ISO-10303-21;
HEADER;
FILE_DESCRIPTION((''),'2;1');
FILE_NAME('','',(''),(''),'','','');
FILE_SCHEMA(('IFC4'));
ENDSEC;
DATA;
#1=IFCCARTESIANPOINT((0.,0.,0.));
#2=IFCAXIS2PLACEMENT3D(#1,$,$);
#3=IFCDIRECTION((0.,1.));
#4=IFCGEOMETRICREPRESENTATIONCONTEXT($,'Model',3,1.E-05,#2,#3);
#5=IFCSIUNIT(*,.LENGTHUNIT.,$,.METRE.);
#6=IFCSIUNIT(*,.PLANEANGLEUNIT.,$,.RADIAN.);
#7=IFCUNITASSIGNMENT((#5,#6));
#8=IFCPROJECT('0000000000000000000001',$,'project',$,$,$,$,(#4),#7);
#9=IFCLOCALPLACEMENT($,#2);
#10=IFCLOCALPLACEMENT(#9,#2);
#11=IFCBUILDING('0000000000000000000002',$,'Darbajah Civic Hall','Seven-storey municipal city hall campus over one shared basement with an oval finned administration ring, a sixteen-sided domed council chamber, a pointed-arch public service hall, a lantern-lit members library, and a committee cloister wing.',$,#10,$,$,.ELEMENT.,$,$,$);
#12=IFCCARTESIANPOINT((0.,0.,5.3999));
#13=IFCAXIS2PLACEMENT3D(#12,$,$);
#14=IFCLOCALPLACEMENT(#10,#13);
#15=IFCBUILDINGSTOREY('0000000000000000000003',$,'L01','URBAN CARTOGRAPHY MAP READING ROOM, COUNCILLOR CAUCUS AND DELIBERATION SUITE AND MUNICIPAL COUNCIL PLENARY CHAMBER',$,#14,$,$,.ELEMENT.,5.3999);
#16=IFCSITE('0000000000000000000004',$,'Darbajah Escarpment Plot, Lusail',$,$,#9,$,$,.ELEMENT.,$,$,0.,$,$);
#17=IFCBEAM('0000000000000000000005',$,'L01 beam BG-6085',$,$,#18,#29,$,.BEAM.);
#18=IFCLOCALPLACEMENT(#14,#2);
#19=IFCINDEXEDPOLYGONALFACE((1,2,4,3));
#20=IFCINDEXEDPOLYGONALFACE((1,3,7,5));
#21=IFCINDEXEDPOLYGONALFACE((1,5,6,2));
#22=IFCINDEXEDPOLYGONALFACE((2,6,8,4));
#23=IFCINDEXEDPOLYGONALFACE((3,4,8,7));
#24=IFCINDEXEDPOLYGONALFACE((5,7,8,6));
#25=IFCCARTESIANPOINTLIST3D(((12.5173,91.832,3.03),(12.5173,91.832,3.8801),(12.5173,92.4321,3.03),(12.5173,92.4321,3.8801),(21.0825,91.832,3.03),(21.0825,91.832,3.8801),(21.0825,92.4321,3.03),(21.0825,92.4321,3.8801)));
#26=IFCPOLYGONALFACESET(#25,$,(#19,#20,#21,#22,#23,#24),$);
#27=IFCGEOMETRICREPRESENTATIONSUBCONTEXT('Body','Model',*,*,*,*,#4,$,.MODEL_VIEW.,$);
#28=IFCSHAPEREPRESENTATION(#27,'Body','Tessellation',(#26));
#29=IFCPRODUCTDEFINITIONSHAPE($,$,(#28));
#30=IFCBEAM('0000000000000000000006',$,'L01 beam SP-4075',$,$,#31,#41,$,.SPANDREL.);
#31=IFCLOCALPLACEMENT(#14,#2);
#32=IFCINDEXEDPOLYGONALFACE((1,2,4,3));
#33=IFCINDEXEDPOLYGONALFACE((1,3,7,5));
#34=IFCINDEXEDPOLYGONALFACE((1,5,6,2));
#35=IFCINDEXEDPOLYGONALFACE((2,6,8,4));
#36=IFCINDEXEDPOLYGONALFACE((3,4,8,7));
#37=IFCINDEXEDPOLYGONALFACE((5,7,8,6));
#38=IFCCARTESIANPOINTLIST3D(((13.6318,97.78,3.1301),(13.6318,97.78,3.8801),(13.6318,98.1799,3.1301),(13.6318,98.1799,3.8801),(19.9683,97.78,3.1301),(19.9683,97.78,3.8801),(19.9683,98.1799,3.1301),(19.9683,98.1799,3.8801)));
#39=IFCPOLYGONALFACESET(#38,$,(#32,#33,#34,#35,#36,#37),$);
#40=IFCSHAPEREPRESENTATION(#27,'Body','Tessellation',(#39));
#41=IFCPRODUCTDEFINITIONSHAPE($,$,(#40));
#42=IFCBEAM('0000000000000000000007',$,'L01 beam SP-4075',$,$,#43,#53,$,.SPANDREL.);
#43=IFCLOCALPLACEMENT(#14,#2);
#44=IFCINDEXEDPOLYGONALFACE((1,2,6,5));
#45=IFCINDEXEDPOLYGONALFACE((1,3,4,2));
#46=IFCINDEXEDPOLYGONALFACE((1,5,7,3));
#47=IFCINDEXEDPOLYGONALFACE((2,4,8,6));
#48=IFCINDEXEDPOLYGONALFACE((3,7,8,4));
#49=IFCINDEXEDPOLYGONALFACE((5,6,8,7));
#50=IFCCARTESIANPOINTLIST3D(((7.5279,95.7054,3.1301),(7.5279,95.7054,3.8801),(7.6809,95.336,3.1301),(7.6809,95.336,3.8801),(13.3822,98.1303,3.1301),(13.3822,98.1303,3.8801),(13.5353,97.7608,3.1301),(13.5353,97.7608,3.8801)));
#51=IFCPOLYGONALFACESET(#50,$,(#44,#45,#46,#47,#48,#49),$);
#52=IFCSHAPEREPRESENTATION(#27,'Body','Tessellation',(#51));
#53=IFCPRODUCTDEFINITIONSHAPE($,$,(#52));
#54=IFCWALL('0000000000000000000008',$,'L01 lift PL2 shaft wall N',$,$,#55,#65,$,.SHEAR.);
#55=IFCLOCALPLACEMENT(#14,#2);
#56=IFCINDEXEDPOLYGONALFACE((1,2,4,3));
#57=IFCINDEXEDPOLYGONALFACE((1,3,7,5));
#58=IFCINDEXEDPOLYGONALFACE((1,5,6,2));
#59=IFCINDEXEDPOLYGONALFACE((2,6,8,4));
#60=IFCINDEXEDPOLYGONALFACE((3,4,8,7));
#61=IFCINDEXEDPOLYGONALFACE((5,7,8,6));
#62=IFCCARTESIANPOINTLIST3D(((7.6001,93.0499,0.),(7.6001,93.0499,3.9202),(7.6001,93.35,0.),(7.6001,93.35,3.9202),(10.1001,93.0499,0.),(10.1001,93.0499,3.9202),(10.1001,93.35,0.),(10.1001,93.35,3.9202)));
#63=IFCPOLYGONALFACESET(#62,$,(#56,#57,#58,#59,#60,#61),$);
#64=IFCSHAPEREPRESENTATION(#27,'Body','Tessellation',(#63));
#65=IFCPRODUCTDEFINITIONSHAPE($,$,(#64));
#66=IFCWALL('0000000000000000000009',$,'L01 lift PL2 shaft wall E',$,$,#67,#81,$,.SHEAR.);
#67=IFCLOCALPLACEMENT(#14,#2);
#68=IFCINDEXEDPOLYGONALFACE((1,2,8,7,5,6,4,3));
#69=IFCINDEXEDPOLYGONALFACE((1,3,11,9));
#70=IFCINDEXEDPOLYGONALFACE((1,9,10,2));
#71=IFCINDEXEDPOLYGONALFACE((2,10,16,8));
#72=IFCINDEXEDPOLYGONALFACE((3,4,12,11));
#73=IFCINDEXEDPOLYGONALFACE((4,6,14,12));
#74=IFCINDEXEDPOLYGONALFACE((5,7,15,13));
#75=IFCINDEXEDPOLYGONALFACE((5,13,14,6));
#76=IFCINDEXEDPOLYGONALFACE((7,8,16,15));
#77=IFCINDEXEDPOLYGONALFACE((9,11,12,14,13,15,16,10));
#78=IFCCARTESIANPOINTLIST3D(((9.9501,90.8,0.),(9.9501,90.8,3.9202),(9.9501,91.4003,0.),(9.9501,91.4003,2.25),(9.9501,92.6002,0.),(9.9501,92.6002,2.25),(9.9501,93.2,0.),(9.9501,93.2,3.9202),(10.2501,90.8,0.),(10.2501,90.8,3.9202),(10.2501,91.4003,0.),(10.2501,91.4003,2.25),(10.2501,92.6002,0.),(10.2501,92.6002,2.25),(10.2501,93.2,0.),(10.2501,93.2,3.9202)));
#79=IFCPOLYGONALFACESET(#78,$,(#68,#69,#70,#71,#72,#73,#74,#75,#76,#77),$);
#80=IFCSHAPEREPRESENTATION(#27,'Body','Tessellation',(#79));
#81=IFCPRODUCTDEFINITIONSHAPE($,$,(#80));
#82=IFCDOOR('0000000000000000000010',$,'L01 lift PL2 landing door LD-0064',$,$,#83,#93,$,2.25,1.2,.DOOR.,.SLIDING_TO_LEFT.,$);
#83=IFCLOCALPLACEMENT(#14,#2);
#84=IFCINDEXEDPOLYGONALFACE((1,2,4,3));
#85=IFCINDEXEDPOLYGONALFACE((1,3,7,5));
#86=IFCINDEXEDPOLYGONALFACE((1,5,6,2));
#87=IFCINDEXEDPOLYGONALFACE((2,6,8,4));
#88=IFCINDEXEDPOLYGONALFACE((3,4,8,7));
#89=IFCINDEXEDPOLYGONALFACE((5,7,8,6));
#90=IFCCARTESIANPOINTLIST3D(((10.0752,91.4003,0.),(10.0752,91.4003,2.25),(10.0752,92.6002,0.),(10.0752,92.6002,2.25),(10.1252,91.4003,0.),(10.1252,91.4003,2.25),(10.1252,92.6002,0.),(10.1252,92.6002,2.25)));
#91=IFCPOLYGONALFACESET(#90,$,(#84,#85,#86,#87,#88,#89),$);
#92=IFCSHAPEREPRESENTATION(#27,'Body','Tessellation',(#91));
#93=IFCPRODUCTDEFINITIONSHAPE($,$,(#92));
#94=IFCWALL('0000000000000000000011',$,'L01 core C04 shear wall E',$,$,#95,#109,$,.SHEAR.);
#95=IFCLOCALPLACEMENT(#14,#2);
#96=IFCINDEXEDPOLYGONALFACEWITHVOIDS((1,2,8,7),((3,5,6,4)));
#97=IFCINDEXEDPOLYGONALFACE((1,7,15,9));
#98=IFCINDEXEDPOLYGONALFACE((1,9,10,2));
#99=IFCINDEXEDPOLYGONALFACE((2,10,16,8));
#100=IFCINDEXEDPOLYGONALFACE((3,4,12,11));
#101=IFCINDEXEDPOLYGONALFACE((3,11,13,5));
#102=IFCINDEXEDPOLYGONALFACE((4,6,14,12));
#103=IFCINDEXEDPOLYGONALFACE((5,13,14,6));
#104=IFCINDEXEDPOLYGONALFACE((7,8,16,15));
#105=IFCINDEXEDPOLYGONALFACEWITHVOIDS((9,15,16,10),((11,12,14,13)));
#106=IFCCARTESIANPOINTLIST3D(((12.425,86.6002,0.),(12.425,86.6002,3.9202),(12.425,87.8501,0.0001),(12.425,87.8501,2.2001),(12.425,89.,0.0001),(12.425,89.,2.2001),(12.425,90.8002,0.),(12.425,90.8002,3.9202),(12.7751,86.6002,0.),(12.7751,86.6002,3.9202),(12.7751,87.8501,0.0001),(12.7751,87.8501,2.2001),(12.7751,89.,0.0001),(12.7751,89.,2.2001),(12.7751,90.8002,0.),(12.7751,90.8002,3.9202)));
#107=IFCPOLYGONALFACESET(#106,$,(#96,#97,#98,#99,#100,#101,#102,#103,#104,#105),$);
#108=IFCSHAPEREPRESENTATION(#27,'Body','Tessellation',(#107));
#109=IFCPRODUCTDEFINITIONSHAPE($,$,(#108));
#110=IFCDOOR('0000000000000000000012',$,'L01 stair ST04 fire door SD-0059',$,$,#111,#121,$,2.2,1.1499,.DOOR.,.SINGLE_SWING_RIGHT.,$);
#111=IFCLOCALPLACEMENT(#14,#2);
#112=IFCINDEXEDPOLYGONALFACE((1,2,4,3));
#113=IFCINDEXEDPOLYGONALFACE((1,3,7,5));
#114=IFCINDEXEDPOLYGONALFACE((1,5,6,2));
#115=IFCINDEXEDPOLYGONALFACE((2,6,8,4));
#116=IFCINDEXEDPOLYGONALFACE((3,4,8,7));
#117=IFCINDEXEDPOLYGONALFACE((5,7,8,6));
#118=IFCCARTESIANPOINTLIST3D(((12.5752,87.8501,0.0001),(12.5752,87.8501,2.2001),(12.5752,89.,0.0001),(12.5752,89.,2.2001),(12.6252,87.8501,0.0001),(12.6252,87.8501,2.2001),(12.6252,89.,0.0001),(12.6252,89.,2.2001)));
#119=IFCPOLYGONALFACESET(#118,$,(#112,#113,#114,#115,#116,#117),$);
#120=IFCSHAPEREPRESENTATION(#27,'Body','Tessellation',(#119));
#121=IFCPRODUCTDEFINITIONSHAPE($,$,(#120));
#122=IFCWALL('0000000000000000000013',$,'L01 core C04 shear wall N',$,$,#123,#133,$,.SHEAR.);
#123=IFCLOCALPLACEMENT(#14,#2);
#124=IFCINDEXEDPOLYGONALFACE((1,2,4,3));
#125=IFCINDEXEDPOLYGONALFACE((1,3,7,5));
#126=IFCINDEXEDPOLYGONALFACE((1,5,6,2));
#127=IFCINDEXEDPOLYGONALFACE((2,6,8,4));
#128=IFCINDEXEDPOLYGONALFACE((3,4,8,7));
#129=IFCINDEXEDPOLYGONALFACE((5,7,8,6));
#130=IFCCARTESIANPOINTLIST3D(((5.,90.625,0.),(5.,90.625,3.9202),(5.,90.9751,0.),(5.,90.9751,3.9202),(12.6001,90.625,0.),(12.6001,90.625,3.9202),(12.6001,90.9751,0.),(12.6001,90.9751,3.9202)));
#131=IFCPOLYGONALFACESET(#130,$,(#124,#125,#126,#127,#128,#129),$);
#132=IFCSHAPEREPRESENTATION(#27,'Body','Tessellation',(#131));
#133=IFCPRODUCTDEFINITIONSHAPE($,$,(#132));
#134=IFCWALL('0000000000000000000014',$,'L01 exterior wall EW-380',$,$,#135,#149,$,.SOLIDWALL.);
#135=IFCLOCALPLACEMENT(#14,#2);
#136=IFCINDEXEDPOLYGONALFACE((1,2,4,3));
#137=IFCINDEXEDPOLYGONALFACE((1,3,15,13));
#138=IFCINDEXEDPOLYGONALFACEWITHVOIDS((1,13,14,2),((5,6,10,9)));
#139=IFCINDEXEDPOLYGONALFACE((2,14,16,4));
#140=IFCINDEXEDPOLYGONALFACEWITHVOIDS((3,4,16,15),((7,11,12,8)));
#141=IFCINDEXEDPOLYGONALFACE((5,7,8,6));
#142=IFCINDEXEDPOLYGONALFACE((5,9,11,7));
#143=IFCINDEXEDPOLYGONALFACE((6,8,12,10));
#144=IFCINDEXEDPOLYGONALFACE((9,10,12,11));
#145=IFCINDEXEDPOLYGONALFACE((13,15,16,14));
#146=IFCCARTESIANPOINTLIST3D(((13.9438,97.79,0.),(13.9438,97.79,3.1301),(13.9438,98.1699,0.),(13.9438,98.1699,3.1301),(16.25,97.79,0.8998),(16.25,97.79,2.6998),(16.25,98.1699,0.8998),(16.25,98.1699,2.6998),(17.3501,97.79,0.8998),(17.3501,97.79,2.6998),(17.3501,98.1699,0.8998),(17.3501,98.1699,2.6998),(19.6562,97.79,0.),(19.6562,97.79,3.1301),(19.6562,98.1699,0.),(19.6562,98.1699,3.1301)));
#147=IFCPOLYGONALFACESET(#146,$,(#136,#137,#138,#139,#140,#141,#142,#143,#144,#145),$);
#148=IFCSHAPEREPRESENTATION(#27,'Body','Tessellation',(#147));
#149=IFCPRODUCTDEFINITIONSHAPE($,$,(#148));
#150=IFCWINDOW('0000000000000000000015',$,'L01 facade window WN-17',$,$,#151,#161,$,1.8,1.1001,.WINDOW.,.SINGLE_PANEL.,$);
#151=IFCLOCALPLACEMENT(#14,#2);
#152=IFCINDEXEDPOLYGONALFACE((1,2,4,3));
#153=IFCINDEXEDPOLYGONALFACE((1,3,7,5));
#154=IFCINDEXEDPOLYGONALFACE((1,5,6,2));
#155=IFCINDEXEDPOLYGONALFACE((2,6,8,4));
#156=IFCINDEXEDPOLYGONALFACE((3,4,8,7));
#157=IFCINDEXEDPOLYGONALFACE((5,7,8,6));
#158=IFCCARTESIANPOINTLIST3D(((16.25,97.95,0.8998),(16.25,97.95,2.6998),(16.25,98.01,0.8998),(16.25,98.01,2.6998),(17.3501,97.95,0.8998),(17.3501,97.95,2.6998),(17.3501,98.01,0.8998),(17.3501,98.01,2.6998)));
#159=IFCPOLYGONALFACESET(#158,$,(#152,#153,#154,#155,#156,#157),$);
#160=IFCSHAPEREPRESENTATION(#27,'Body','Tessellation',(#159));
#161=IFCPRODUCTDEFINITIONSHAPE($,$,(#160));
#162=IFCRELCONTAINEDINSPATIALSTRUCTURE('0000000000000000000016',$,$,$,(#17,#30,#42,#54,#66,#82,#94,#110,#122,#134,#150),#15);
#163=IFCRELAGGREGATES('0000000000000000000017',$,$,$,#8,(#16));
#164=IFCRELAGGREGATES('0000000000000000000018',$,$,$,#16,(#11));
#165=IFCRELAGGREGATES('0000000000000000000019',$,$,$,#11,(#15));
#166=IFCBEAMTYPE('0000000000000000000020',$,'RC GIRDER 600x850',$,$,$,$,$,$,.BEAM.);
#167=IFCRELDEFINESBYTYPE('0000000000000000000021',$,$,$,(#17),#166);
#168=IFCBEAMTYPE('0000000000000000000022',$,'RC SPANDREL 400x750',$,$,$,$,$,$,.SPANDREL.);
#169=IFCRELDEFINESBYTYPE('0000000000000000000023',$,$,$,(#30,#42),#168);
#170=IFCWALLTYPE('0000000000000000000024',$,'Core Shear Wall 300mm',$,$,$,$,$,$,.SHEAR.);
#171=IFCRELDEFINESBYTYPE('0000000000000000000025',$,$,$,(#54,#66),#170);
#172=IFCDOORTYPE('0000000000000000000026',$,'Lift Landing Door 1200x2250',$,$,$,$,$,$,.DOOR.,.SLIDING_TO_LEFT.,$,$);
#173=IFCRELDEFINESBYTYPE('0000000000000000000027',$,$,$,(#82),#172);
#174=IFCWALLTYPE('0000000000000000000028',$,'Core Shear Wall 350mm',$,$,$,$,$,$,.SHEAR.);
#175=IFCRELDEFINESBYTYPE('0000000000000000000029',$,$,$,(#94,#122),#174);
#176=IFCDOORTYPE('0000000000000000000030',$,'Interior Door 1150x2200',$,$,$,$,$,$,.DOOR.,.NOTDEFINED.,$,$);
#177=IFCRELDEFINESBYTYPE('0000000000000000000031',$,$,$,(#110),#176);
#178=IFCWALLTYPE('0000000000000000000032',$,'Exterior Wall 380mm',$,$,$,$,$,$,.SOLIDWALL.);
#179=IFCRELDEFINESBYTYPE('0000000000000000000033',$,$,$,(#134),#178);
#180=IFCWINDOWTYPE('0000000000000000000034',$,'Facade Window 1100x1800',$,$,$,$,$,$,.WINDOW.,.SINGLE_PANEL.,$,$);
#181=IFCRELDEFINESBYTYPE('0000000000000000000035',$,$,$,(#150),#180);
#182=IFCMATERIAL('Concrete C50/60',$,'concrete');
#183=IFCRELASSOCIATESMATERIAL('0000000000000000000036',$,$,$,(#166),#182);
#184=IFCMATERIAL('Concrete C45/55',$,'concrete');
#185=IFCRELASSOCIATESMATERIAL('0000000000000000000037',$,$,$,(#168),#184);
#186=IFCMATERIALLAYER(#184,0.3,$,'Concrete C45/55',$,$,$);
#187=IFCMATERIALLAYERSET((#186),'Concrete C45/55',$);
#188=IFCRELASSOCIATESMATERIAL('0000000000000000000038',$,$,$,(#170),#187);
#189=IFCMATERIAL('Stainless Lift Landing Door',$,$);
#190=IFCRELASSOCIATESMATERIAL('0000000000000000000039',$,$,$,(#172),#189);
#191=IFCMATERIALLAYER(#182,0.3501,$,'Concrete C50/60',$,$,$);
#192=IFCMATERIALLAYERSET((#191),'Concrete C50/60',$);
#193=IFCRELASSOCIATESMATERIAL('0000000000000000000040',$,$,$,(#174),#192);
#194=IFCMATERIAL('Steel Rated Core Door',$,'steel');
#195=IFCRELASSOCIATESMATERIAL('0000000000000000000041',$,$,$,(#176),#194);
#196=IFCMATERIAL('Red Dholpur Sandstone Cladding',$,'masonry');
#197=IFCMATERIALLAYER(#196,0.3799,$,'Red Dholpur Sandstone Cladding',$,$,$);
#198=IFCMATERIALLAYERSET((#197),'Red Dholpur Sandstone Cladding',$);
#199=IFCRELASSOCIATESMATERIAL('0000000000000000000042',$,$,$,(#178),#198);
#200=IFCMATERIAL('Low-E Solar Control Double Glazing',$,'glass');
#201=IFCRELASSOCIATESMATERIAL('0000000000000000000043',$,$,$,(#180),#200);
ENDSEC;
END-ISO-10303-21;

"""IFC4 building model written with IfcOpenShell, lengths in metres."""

from ifc_helpers import new_model, si_unit, direction, frame, frame_2d, origin, origin_2d, place, context, subcontext, project, spatial, rectangle, extrude, material, layer, layer_set, material_profile, profile_set, type_object, element, fill, save


model = new_model("IFC4")

# Units and contexts
model_context = context("Model", 3, precision=1e-05, world=origin(), true_north=direction((0.0, 1.0)))
body_context = subcontext(model_context, "Body", "Model", "MODEL_VIEW")
ifc_project = project(units=[si_unit("LENGTHUNIT", "METRE"), si_unit("PLANEANGLEUNIT", "RADIAN")], contexts=[model_context])

# Site, building, storey
site_placement = place(None, origin())
site = spatial("IfcSite", under=ifc_project, at=site_placement, Name="Darbajah Escarpment Plot, Lusail", CompositionType="ELEMENT", RefElevation=0.0)
building_placement = place(site_placement, origin())
building = spatial("IfcBuilding", under=site, at=building_placement, Name="Darbajah Civic Hall", Description="Seven-storey municipal city hall campus over one shared basement with an oval finned administration ring, a sixteen-sided domed council chamber, a pointed-arch public service hall, a lantern-lit members library, and a committee cloister wing.", CompositionType="ELEMENT")
storey_placement = place(building_placement, frame((0.0, 0.0, 5.3999)))
storey = spatial("IfcBuildingStorey", under=building, at=storey_placement, Name="L01", Description="URBAN CARTOGRAPHY MAP READING ROOM, COUNCILLOR CAUCUS AND DELIBERATION SUITE AND MUNICIPAL COUNCIL PLENARY CHAMBER", CompositionType="ELEMENT", Elevation=5.3999)

# Shared definitions
ifc_material_1 = material(Name="Concrete C45/55", Category="concrete")
ifc_material_2 = material(Name="Concrete C50/60", Category="concrete")

# Beams
ifc_material_profile_1 = material_profile(ifc_material_2, rectangle(XDim=0.6001, YDim=0.8501, at=origin_2d()), Name="RC GIRDER 600x850")
ifc_profile_set_1 = profile_set([ifc_material_profile_1], Name="Concrete C50/60")
beam_type_1 = type_object("IfcBeamType", Name="RC GIRDER 600x850", PredefinedType="BEAM", material=ifc_profile_set_1)
beam_1_placement = place(storey_placement, frame((21.0825, 92.1321, 3.4551), z_axis=(-1.0, 0.0, 0.0), x_axis=(0.0, -1.0, 0.0)))
element("IfcBeam", 1, at=beam_1_placement, inside=storey, type_object=beam_type_1, Name="L01 beam BG-6085", PredefinedType="BEAM", context=body_context, shape_type="SweptSolid", body=[
    extrude(rectangle(XDim=0.6001, YDim=0.8501, at=origin_2d()), origin(), (0.0, 0.0, 1.0), 8.5652),
])
ifc_material_profile_2 = material_profile(ifc_material_1, rectangle(XDim=0.3999, YDim=0.75, at=origin_2d()), Name="RC SPANDREL 400x750")
ifc_profile_set_2 = profile_set([ifc_material_profile_2], Name="Concrete C45/55")
beam_type_2 = type_object("IfcBeamType", Name="RC SPANDREL 400x750", PredefinedType="SPANDREL", material=ifc_profile_set_2)
beam_2_placement = place(storey_placement, frame((19.9683, 97.98, 3.5051), z_axis=(-1.0, 0.0, 0.0), x_axis=(0.0, -1.0, 0.0)))
element("IfcBeam", 2, at=beam_2_placement, inside=storey, type_object=beam_type_2, Name="L01 beam SP-4075", PredefinedType="SPANDREL", context=body_context, shape_type="SweptSolid", body=[
    extrude(rectangle(XDim=0.3999, YDim=0.75, at=origin_2d()), origin(), (0.0, 0.0, 1.0), 6.3364),
])
beam_3_placement = place(storey_placement, frame((13.4587, 97.9456, 3.5051), z_axis=(-0.923885, -0.382669, 0.0), x_axis=(0.382669, -0.923885, 0.0)))
element("IfcBeam", 3, at=beam_3_placement, inside=storey, type_object=beam_type_2, Name="L01 beam SP-4075", PredefinedType="SPANDREL", context=body_context, shape_type="SweptSolid", body=[
    extrude(rectangle(XDim=0.3999, YDim=0.75, at=origin_2d()), origin(), (0.0, 0.0, 1.0), 6.3367),
])

# Wall
ifc_layer_1 = layer(ifc_material_1, 0.3, Name="Concrete C45/55")
ifc_layer_set_1 = layer_set([ifc_layer_1], Name="Concrete C45/55")
wall_type_1 = type_object("IfcWallType", Name="Core Shear Wall 300mm", PredefinedType="SHEAR", material=ifc_layer_set_1)
wall_1_placement = place(storey_placement, frame((10.1001, 93.2, 0.0), z_axis=(0.0, 0.0, 1.0), x_axis=(-1.0, 0.0, 0.0)))
element("IfcWall", 4, at=wall_1_placement, inside=storey, type_object=wall_type_1, Name="L01 lift PL2 shaft wall N", PredefinedType="SHEAR", context=body_context, shape_type="SweptSolid", body=[
    extrude(rectangle(XDim=2.5, YDim=0.3, at=frame_2d((1.25, 0.0))), origin(), (0.0, 0.0, 1.0), 3.9202),
])

# Walls, openings, doors
wall_2_placement = place(storey_placement, frame((10.1001, 90.8, 0.0), z_axis=(0.0, 0.0, 1.0), x_axis=(0.0, 1.0, 0.0)))
wall_2 = element("IfcWall", 5, at=wall_2_placement, inside=storey, type_object=wall_type_1, Name="L01 lift PL2 shaft wall E", PredefinedType="SHEAR", context=body_context, shape_type="SweptSolid", body=[
    extrude(rectangle(XDim=2.3999, YDim=0.3, at=frame_2d((1.2, 0.0))), origin(), (0.0, 0.0, 1.0), 3.9202),
])
opening_1_placement = place(wall_2_placement, frame((0.6001, 0.0, 0.0)))
opening_1 = element("IfcOpeningElement", 6, at=opening_1_placement, cuts=wall_2, PredefinedType="OPENING", context=body_context, shape_type="SweptSolid", body=[
    extrude(rectangle(XDim=1.2, YDim=2.25, at=frame_2d((0.6001, 1.125))), frame((0.0, 0.1599, 0.0), z_axis=(0.0, -1.0, 0.0), x_axis=(1.0, 0.0, 0.0)), (0.0, 0.0, 1.0), 0.3201),
])
ifc_material_3 = material(Name="Stainless Lift Landing Door")
door_type_1 = type_object("IfcDoorType", Name="Lift Landing Door 1200x2250", OperationType="SLIDING_TO_LEFT", PredefinedType="DOOR", material=ifc_material_3)
door_1_placement = place(opening_1_placement, origin())
door_1 = element("IfcDoor", 7, at=door_1_placement, inside=storey, type_object=door_type_1, Name="L01 lift PL2 landing door LD-0064", OperationType="SLIDING_TO_LEFT", OverallHeight=2.25, OverallWidth=1.2, PredefinedType="DOOR", context=body_context, shape_type="SweptSolid", body=[
    extrude(rectangle(XDim=1.2, YDim=2.25, at=frame_2d((0.6001, 1.125))), frame((0.0, 0.0249, 0.0), z_axis=(0.0, -1.0, 0.0), x_axis=(1.0, 0.0, 0.0)), (0.0, 0.0, 1.0), 0.05),
])
fill(opening_1, door_1)
ifc_layer_2 = layer(ifc_material_2, 0.3501, Name="Concrete C50/60")
ifc_layer_set_2 = layer_set([ifc_layer_2], Name="Concrete C50/60")
wall_type_2 = type_object("IfcWallType", Name="Core Shear Wall 350mm", PredefinedType="SHEAR", material=ifc_layer_set_2)
wall_3_placement = place(storey_placement, frame((12.6001, 86.6001, 0.0), z_axis=(0.0, 0.0, 1.0), x_axis=(0.0, 1.0, 0.0)))
wall_3 = element("IfcWall", 8, at=wall_3_placement, inside=storey, type_object=wall_type_2, Name="L01 core C04 shear wall E", PredefinedType="SHEAR", context=body_context, shape_type="SweptSolid", body=[
    extrude(rectangle(XDim=4.2, YDim=0.3501, at=frame_2d((2.1001, 0.0))), origin(), (0.0, 0.0, 1.0), 3.9202),
])
opening_2_placement = place(wall_3_placement, frame((1.25, 0.0, 0.0)))
opening_2 = element("IfcOpeningElement", 9, at=opening_2_placement, cuts=wall_3, PredefinedType="OPENING", context=body_context, shape_type="SweptSolid", body=[
    extrude(rectangle(XDim=1.1499, YDim=2.2, at=frame_2d((0.575, 1.1001))), frame((0.0, 0.1851, 0.0), z_axis=(0.0, -1.0, 0.0), x_axis=(1.0, 0.0, 0.0)), (0.0, 0.0, 1.0), 0.3701),
])
ifc_material_4 = material(Name="Steel Rated Core Door", Category="steel")
door_type_2 = type_object("IfcDoorType", Name="Interior Door 1150x2200", OperationType="NOTDEFINED", PredefinedType="DOOR", material=ifc_material_4)
door_2_placement = place(opening_2_placement, origin())
door_2 = element("IfcDoor", 10, at=door_2_placement, inside=storey, type_object=door_type_2, Name="L01 stair ST04 fire door SD-0059", OperationType="SINGLE_SWING_RIGHT", OverallHeight=2.2, OverallWidth=1.1499, PredefinedType="DOOR", context=body_context, shape_type="SweptSolid", body=[
    extrude(rectangle(XDim=1.1499, YDim=2.2, at=frame_2d((0.575, 1.1001))), frame((0.0, 0.0249, 0.0), z_axis=(0.0, -1.0, 0.0), x_axis=(1.0, 0.0, 0.0)), (0.0, 0.0, 1.0), 0.05),
])
fill(opening_2, door_2)

# Wall
wall_4_placement = place(storey_placement, frame((12.6001, 90.8, 0.0), z_axis=(0.0, 0.0, 1.0), x_axis=(-1.0, 0.0, 0.0)))
element("IfcWall", 11, at=wall_4_placement, inside=storey, type_object=wall_type_2, Name="L01 core C04 shear wall N", PredefinedType="SHEAR", context=body_context, shape_type="SweptSolid", body=[
    extrude(rectangle(XDim=7.6001, YDim=0.3501, at=frame_2d((3.8, 0.0))), origin(), (0.0, 0.0, 1.0), 3.9202),
])

# Wall, opening, window
ifc_material_5 = material(Name="Red Dholpur Sandstone Cladding", Category="masonry")
ifc_layer_3 = layer(ifc_material_5, 0.3799, Name="Red Dholpur Sandstone Cladding")
ifc_layer_set_3 = layer_set([ifc_layer_3], Name="Red Dholpur Sandstone Cladding")
wall_type_3 = type_object("IfcWallType", Name="Exterior Wall 380mm", PredefinedType="SOLIDWALL", material=ifc_layer_set_3)
wall_5_placement = place(storey_placement, frame((19.6562, 97.98, 0.0), z_axis=(0.0, 0.0, 1.0), x_axis=(-1.0, 0.0, 0.0)))
wall_5 = element("IfcWall", 12, at=wall_5_placement, inside=storey, type_object=wall_type_3, Name="L01 exterior wall EW-380", PredefinedType="SOLIDWALL", context=body_context, shape_type="SweptSolid", body=[
    extrude(rectangle(XDim=5.7124, YDim=0.3799, at=frame_2d((2.8562, 0.0))), origin(), (0.0, 0.0, 1.0), 3.1301),
])
opening_3_placement = place(wall_5_placement, frame((2.3062, 0.0, 0.8999)))
opening_3 = element("IfcOpeningElement", 13, at=opening_3_placement, cuts=wall_5, PredefinedType="OPENING", context=body_context, shape_type="SweptSolid", body=[
    extrude(rectangle(XDim=1.1001, YDim=1.8, at=frame_2d((0.55, 0.8999))), frame((0.0, 0.2, 0.0), z_axis=(0.0, -1.0, 0.0), x_axis=(1.0, 0.0, 0.0)), (0.0, 0.0, 1.0), 0.3999),
])
ifc_material_6 = material(Name="Low-E Solar Control Double Glazing", Category="glass")
window_type = type_object("IfcWindowType", Name="Facade Window 1100x1800", PartitioningType="SINGLE_PANEL", PredefinedType="WINDOW", material=ifc_material_6)
window_1_placement = place(opening_3_placement, origin())
window_1 = element("IfcWindow", 14, at=window_1_placement, inside=storey, type_object=window_type, Name="L01 facade window WN-17", OverallHeight=1.8, OverallWidth=1.1001, PartitioningType="SINGLE_PANEL", PredefinedType="WINDOW", context=body_context, shape_type="SweptSolid", body=[
    extrude(rectangle(XDim=1.1001, YDim=1.8, at=frame_2d((0.55, 0.8999))), frame((0.0, 0.03, 0.0), z_axis=(0.0, -1.0, 0.0), x_axis=(1.0, 0.0, 0.0)), (0.0, 0.0, 1.0), 0.0601),
])
fill(opening_3, window_1)

save(model, "model.ifc")
